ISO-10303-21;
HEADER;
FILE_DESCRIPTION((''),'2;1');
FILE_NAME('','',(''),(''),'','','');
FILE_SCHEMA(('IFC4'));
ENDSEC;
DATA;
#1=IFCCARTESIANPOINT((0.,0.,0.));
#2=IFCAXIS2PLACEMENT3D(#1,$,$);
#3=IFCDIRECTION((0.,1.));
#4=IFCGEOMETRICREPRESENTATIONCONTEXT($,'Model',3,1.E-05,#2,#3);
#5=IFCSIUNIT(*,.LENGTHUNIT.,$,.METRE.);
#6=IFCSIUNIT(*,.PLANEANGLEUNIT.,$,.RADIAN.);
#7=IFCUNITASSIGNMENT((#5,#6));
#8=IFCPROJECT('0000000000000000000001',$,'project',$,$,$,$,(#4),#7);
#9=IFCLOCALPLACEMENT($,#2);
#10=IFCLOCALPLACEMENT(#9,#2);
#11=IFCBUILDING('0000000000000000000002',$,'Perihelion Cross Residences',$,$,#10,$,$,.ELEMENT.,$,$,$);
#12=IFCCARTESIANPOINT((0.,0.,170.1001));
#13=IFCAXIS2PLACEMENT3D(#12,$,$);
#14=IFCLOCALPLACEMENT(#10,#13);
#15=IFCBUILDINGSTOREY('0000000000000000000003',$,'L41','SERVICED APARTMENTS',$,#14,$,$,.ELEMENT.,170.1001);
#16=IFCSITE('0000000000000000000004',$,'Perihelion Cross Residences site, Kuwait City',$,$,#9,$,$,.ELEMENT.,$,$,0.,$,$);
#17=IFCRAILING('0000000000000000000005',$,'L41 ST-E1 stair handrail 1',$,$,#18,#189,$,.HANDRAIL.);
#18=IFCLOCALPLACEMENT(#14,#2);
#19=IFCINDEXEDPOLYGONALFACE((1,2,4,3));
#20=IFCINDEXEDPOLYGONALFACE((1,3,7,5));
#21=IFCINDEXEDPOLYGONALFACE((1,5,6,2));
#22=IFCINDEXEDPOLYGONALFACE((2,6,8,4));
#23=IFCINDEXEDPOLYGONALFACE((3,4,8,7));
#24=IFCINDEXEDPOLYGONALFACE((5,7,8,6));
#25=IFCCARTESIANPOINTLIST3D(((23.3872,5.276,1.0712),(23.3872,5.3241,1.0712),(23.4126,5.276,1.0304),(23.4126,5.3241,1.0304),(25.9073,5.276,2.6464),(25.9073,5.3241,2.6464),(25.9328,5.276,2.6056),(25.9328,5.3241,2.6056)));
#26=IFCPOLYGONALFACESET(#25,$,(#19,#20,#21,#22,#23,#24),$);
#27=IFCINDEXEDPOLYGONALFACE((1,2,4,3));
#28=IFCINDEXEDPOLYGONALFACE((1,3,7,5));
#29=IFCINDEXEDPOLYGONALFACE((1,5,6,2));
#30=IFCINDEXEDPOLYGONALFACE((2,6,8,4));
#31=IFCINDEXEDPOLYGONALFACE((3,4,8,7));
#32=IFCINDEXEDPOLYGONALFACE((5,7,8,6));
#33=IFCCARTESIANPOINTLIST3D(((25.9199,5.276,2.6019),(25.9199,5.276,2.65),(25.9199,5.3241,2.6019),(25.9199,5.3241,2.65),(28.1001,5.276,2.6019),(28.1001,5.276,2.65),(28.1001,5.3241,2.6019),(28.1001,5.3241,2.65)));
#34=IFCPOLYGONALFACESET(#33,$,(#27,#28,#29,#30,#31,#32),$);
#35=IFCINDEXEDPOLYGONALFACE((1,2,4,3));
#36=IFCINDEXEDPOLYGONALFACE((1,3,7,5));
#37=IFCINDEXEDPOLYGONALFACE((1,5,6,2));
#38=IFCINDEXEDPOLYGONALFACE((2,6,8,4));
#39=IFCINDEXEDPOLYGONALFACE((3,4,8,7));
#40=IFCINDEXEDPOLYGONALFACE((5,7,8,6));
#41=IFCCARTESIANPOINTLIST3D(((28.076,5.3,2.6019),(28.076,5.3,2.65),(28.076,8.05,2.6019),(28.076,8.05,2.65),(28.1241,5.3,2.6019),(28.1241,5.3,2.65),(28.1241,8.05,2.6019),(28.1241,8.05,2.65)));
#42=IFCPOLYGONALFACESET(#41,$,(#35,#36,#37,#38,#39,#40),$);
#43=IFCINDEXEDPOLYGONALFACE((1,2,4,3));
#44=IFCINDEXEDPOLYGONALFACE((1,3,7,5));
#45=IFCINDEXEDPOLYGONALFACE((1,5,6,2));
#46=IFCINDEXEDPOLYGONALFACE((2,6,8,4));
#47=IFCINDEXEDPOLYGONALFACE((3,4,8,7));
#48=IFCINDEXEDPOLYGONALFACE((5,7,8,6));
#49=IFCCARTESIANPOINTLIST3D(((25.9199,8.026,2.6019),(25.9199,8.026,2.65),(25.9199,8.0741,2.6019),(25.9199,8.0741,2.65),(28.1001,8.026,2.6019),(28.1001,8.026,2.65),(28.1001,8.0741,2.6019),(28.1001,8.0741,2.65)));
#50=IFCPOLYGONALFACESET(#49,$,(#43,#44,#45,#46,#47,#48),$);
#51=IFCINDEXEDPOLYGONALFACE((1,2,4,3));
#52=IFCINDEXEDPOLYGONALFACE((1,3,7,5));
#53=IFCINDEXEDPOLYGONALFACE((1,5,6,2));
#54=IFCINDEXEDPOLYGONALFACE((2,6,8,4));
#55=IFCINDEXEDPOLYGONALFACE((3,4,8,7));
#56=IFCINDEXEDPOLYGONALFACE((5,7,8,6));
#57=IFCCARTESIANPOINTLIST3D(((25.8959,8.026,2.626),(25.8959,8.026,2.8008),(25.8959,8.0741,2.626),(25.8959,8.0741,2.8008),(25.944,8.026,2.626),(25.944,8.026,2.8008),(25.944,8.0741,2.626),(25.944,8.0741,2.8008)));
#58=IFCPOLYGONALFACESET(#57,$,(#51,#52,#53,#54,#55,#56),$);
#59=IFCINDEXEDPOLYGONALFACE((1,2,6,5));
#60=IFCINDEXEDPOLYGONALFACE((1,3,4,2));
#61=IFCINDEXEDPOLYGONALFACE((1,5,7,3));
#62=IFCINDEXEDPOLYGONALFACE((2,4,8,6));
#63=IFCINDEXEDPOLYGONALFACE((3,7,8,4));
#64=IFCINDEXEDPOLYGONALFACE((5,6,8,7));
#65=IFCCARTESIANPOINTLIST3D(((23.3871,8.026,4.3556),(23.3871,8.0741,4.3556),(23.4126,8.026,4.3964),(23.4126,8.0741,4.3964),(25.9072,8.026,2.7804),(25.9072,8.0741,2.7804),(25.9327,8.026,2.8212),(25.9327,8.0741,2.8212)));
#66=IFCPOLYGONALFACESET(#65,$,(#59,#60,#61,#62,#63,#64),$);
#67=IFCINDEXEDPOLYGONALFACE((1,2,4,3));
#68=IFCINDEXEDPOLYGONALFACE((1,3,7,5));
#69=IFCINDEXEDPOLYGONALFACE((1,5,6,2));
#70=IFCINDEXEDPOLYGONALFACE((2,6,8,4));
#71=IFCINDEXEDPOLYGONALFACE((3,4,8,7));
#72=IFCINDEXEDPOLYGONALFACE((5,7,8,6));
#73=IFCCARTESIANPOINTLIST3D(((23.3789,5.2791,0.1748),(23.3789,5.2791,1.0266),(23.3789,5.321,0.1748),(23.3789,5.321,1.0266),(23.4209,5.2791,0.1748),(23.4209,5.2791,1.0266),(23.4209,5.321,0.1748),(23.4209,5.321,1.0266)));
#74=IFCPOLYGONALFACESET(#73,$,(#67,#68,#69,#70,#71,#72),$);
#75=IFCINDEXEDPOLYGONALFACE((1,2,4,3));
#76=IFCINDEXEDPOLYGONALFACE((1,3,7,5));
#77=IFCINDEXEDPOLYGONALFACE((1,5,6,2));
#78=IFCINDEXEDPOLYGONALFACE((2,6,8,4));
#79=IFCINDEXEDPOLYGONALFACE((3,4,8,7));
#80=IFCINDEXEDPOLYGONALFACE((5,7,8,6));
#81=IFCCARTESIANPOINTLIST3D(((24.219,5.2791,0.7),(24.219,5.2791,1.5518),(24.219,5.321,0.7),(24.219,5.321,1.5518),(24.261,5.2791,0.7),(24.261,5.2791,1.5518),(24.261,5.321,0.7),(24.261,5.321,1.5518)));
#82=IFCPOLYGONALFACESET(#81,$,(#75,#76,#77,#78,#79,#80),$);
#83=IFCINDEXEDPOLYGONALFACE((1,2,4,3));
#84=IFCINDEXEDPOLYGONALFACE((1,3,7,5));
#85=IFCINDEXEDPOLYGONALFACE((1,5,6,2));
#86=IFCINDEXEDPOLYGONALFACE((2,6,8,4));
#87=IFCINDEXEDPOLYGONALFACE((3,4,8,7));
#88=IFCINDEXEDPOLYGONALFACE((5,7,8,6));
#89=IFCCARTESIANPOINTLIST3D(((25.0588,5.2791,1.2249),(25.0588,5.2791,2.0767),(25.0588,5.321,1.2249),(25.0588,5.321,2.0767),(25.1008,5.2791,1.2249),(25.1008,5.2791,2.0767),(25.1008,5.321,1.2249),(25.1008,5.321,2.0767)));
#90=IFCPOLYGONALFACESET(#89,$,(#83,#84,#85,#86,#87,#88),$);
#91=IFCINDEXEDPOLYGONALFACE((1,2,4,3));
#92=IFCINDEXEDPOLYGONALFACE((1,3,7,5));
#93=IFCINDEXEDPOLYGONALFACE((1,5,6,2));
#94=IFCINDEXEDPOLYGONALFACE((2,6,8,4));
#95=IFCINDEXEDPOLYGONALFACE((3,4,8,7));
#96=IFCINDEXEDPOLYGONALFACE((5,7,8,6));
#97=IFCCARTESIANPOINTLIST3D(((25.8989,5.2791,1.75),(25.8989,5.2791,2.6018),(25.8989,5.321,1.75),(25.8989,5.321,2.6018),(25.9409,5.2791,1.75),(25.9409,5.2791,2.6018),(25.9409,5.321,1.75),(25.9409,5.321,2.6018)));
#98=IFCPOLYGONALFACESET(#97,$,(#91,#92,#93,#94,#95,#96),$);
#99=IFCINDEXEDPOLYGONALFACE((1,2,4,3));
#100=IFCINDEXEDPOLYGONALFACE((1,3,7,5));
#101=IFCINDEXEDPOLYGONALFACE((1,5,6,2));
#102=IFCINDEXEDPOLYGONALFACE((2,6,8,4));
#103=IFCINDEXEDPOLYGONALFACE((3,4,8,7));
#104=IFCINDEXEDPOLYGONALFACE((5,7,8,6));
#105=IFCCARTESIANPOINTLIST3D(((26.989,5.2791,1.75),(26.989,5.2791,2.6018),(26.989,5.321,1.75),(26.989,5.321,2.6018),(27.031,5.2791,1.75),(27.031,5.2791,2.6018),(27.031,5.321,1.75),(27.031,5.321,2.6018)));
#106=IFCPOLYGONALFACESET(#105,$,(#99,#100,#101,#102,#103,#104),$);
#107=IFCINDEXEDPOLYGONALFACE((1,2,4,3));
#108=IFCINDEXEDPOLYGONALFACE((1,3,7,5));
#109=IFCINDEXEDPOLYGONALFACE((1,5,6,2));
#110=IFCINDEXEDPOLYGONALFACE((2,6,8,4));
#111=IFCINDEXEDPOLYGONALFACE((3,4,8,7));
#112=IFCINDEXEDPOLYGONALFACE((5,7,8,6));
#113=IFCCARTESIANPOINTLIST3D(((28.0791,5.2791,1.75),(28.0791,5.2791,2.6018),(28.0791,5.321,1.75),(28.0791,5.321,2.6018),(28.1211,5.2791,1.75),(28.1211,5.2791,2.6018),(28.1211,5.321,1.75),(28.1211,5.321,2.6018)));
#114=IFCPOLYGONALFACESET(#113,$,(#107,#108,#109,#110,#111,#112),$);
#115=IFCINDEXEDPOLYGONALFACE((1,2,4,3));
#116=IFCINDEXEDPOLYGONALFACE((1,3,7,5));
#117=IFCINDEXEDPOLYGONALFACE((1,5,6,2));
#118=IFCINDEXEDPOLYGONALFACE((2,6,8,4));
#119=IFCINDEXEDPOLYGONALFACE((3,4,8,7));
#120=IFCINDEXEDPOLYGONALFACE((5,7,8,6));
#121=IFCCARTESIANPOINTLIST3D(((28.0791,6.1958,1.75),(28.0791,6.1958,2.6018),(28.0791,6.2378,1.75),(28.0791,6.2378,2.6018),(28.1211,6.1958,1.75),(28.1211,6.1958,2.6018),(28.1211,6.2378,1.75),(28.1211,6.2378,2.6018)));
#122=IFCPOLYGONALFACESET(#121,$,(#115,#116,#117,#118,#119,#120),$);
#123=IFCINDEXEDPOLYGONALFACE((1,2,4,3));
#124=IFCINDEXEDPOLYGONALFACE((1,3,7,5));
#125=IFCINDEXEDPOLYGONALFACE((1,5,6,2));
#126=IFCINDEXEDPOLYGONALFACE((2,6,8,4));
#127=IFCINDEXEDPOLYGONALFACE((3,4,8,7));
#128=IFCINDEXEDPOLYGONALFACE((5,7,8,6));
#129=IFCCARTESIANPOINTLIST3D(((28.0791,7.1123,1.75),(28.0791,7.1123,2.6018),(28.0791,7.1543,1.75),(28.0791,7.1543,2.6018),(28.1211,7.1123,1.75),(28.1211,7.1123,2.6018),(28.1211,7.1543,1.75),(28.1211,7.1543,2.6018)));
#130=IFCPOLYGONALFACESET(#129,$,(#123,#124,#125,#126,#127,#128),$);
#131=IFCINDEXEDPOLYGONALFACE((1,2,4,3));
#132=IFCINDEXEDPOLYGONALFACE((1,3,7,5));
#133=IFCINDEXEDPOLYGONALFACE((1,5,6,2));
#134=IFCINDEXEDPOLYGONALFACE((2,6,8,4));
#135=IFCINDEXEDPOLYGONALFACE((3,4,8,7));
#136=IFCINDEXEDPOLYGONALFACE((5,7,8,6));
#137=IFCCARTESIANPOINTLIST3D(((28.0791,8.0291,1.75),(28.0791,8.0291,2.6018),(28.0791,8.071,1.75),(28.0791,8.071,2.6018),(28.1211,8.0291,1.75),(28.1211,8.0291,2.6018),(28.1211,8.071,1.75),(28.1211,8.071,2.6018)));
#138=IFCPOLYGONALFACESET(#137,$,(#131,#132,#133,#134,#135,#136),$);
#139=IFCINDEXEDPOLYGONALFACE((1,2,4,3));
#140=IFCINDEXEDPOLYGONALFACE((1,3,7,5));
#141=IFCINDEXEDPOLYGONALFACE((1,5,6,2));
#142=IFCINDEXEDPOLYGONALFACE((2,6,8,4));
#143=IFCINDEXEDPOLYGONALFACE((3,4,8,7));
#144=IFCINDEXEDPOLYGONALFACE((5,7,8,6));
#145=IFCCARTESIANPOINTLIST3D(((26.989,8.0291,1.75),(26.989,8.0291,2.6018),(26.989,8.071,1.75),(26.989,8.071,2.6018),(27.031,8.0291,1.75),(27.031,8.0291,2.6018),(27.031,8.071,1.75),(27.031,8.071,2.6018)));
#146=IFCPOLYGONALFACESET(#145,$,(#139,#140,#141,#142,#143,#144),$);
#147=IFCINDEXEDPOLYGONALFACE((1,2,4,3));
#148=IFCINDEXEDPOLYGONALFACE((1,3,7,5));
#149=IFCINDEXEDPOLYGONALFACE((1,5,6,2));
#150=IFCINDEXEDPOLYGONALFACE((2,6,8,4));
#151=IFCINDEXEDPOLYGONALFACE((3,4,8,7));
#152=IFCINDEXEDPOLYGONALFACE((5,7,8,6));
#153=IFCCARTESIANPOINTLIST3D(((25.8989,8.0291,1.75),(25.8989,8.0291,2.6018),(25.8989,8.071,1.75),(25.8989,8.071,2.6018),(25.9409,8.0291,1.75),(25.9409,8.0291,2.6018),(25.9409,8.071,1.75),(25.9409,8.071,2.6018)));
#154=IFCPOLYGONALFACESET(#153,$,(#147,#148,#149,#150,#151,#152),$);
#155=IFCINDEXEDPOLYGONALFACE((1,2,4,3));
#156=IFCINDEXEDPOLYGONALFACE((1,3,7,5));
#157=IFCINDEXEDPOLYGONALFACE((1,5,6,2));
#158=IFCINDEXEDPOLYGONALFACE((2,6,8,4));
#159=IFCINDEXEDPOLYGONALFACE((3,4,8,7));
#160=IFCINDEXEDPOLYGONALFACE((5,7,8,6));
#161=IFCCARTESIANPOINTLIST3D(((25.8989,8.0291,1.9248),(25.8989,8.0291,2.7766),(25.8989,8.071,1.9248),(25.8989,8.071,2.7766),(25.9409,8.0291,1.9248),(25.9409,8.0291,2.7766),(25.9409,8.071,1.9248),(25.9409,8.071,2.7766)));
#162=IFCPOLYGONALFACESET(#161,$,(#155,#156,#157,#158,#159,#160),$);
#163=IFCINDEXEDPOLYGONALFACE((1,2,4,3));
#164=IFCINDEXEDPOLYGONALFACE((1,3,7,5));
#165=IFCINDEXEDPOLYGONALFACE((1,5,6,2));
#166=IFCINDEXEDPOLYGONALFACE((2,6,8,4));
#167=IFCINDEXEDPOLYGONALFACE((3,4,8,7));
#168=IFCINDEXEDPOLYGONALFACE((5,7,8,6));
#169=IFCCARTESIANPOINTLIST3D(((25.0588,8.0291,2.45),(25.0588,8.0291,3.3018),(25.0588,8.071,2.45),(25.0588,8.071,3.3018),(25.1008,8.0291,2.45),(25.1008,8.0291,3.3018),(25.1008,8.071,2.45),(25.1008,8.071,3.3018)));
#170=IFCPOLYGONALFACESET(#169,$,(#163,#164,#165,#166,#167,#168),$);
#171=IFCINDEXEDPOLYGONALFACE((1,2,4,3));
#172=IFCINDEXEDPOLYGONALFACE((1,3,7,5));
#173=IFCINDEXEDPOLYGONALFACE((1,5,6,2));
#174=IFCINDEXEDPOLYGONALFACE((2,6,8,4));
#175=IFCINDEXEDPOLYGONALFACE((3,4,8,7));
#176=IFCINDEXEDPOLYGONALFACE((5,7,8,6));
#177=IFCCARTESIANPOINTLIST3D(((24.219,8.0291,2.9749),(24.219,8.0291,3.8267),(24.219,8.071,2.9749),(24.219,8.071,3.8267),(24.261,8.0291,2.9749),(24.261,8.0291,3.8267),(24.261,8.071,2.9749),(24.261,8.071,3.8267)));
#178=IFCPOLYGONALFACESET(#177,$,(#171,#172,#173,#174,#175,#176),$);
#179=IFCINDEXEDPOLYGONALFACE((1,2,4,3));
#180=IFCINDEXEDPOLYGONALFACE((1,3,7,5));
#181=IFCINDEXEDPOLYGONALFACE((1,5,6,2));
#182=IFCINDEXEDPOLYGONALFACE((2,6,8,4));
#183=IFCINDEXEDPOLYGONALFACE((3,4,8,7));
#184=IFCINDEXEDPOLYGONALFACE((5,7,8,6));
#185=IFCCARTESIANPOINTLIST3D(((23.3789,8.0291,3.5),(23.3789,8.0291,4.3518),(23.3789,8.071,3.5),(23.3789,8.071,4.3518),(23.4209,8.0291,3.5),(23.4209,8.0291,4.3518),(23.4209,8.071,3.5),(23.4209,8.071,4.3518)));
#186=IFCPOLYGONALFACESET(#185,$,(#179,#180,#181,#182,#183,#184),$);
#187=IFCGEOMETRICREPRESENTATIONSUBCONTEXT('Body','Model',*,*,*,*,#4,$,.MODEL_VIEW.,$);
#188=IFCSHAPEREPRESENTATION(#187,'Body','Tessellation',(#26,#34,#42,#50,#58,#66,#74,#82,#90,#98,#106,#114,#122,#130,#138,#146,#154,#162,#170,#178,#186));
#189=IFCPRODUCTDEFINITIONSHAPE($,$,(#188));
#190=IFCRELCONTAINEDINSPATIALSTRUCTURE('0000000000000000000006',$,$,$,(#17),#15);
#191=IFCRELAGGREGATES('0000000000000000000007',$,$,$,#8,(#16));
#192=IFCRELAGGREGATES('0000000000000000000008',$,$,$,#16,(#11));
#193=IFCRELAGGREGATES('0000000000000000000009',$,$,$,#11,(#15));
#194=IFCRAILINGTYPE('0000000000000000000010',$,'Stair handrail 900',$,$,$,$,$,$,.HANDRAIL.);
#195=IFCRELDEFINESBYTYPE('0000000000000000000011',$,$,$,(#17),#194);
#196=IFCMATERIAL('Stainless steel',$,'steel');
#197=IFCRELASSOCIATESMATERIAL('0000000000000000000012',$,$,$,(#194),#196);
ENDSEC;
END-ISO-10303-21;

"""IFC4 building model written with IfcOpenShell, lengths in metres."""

from ifc_helpers import new_model, si_unit, direction, frame, origin, origin_2d, place, context, subcontext, project, spatial, rectangle, extrude, material, type_object, element, save


model = new_model("IFC4")

# Units and contexts
model_context = context("Model", 3, precision=1e-05, world=origin(), true_north=direction((0.0, 1.0)))
body_context = subcontext(model_context, "Body", "Model", "MODEL_VIEW")
ifc_project = project(units=[si_unit("LENGTHUNIT", "METRE"), si_unit("PLANEANGLEUNIT", "RADIAN")], contexts=[model_context])

# Site, building, storey
site_placement = place(None, origin())
site = spatial("IfcSite", under=ifc_project, at=site_placement, Name="Perihelion Cross Residences site, Kuwait City", CompositionType="ELEMENT", RefElevation=0.0)
building_placement = place(site_placement, origin())
building = spatial("IfcBuilding", under=site, at=building_placement, Name="Perihelion Cross Residences", CompositionType="ELEMENT")
storey_placement = place(building_placement, frame((0.0, 0.0, 170.1001)))
storey = spatial("IfcBuildingStorey", under=building, at=storey_placement, Name="L41", Description="SERVICED APARTMENTS", CompositionType="ELEMENT", Elevation=170.1001)

# Railing
ifc_material_1 = material(Name="Stainless steel", Category="steel")
railing_type_1 = type_object("IfcRailingType", Name="Stair handrail 900", PredefinedType="HANDRAIL", material=ifc_material_1)
railing_1_placement = place(storey_placement, frame((23.3999, 5.3, 0.1748)))
element("IfcRailing", 1, at=railing_1_placement, inside=storey, type_object=railing_type_1, Name="L41 ST-E1 stair handrail 1", PredefinedType="HANDRAIL", context=body_context, shape_type="SweptSolid", body=[
    extrude(rectangle(XDim=0.0481, YDim=0.0481, at=origin_2d()), frame((0.0, 0.0, 0.876), z_axis=(0.847971, 0.0, 0.530043), x_axis=(0.0, 1.0, 0.0)), (0.0, 0.0, 1.0), 2.9719),
    extrude(rectangle(XDim=0.0481, YDim=0.0481, at=origin_2d()), frame((2.52, 0.0, 2.4512), z_axis=(1.0, 0.0, 0.0), x_axis=(0.0, 1.0, 0.0)), (0.0, 0.0, 1.0), 2.1802),
    extrude(rectangle(XDim=0.0481, YDim=0.0481, at=origin_2d()), frame((4.7002, 0.0, 2.4512), z_axis=(0.0, 1.0, 0.0), x_axis=(-1.0, 0.0, 0.0)), (0.0, 0.0, 1.0), 2.75),
    extrude(rectangle(XDim=0.0481, YDim=0.0481, at=origin_2d()), frame((4.7002, 2.75, 2.4512), z_axis=(-1.0, 0.0, 0.0), x_axis=(0.0, -1.0, 0.0)), (0.0, 0.0, 1.0), 2.1802),
    extrude(rectangle(XDim=0.0481, YDim=0.0481, at=origin_2d()), frame((2.52, 2.75, 2.4512), z_axis=(0.0, 0.0, 1.0), x_axis=(1.0, 0.0, 0.0)), (0.0, 0.0, 1.0), 0.1748),
    extrude(rectangle(XDim=0.0481, YDim=0.0481, at=origin_2d()), frame((2.52, 2.75, 2.626), z_axis=(-0.847971, 0.0, 0.530043), x_axis=(0.0, -1.0, 0.0)), (0.0, 0.0, 1.0), 2.9719),
    extrude(rectangle(XDim=0.042, YDim=0.042, at=origin_2d()), origin(), (0.0, 0.0, 1.0), 0.8518),
    extrude(rectangle(XDim=0.042, YDim=0.042, at=origin_2d()), frame((0.8401, 0.0, 0.5251)), (0.0, 0.0, 1.0), 0.8518),
    extrude(rectangle(XDim=0.042, YDim=0.042, at=origin_2d()), frame((1.6799, 0.0, 1.05)), (0.0, 0.0, 1.0), 0.8518),
    extrude(rectangle(XDim=0.042, YDim=0.042, at=origin_2d()), frame((2.52, 0.0, 1.5752)), (0.0, 0.0, 1.0), 0.8518),
    extrude(rectangle(XDim=0.042, YDim=0.042, at=origin_2d()), frame((3.6101, 0.0, 1.5752)), (0.0, 0.0, 1.0), 0.8518),
    extrude(rectangle(XDim=0.042, YDim=0.042, at=origin_2d()), frame((4.7002, 0.0, 1.5752)), (0.0, 0.0, 1.0), 0.8518),
    extrude(rectangle(XDim=0.042, YDim=0.042, at=origin_2d()), frame((4.7002, 0.9167, 1.5752)), (0.0, 0.0, 1.0), 0.8518),
    extrude(rectangle(XDim=0.042, YDim=0.042, at=origin_2d()), frame((4.7002, 1.8333, 1.5752)), (0.0, 0.0, 1.0), 0.8518),
    extrude(rectangle(XDim=0.042, YDim=0.042, at=origin_2d()), frame((4.7002, 2.75, 1.5752)), (0.0, 0.0, 1.0), 0.8518),
    extrude(rectangle(XDim=0.042, YDim=0.042, at=origin_2d()), frame((3.6101, 2.75, 1.5752)), (0.0, 0.0, 1.0), 0.8518),
    extrude(rectangle(XDim=0.042, YDim=0.042, at=origin_2d()), frame((2.52, 2.75, 1.5752)), (0.0, 0.0, 1.0), 0.8518),
    extrude(rectangle(XDim=0.042, YDim=0.042, at=origin_2d()), frame((2.52, 2.75, 1.75)), (0.0, 0.0, 1.0), 0.8518),
    extrude(rectangle(XDim=0.042, YDim=0.042, at=origin_2d()), frame((1.6799, 2.75, 2.2751)), (0.0, 0.0, 1.0), 0.8518),
    extrude(rectangle(XDim=0.042, YDim=0.042, at=origin_2d()), frame((0.8401, 2.75, 2.8)), (0.0, 0.0, 1.0), 0.8518),
    extrude(rectangle(XDim=0.042, YDim=0.042, at=origin_2d()), frame((0.0, 2.75, 3.3252)), (0.0, 0.0, 1.0), 0.8518),
])

save(model, "model.ifc")
